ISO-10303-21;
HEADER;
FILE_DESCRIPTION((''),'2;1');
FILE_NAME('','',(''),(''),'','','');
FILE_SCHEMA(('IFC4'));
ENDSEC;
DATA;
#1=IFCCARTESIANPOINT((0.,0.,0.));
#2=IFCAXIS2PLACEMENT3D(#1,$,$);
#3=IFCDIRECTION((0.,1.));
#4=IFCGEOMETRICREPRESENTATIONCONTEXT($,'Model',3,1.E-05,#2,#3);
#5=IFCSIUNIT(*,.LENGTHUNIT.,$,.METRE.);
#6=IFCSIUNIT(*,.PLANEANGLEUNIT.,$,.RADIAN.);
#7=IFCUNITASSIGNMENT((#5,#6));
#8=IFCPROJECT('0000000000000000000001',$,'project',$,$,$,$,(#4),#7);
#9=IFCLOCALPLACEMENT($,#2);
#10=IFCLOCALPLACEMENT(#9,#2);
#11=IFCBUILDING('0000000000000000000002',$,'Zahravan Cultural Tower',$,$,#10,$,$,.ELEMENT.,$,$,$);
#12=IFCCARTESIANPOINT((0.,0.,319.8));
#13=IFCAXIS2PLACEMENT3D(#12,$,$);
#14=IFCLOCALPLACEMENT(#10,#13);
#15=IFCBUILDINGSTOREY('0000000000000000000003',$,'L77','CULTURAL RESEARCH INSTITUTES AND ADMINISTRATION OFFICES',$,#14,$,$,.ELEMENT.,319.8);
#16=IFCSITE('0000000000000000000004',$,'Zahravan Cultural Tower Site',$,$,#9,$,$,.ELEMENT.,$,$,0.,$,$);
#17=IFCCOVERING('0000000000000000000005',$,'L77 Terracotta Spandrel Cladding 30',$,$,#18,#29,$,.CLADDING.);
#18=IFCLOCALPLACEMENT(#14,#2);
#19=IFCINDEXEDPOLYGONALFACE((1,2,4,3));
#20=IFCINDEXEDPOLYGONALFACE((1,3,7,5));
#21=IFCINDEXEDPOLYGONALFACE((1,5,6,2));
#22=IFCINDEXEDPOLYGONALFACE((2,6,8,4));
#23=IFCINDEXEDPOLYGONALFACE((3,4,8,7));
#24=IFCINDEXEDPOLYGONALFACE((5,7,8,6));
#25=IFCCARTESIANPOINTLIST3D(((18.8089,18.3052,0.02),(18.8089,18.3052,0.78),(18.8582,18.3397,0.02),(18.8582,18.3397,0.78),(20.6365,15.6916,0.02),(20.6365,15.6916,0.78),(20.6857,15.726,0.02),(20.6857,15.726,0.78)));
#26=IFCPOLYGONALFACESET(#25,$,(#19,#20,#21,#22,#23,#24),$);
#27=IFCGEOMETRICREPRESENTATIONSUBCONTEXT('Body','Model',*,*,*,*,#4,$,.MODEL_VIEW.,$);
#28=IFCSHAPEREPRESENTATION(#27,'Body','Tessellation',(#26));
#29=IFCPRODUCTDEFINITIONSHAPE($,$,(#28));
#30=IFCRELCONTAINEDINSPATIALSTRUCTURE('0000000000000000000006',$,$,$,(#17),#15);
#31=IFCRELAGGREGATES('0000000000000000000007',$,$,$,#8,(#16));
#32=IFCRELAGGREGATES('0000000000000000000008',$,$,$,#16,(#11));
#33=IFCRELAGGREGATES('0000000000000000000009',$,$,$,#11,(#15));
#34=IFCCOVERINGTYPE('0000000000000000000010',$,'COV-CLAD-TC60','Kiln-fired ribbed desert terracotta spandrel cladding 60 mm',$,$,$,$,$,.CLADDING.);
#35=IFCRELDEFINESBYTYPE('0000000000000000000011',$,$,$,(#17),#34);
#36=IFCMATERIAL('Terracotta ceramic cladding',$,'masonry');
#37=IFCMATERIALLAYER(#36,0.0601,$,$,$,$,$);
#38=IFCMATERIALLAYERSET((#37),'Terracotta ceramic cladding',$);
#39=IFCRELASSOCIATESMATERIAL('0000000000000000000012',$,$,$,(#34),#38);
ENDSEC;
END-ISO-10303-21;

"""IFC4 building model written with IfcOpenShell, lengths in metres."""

from ifc_helpers import new_model, si_unit, direction, frame, origin, origin_2d, place, context, subcontext, project, spatial, rectangle, extrude, source, transform, mapped, material, layer, layer_set, type_object, element, save


model = new_model("IFC4")

# Units and contexts
model_context = context("Model", 3, precision=1e-05, world=origin(), true_north=direction((0.0, 1.0)))
body_context = subcontext(model_context, "Body", "Model", "MODEL_VIEW")
ifc_project = project(units=[si_unit("LENGTHUNIT", "METRE"), si_unit("PLANEANGLEUNIT", "RADIAN")], contexts=[model_context])

# Site, building, storey
site_placement = place(None, origin())
site = spatial("IfcSite", under=ifc_project, at=site_placement, Name="Zahravan Cultural Tower Site", CompositionType="ELEMENT", RefElevation=0.0)
building_placement = place(site_placement, origin())
building = spatial("IfcBuilding", under=site, at=building_placement, Name="Zahravan Cultural Tower", CompositionType="ELEMENT")
storey_placement = place(building_placement, frame((0.0, 0.0, 319.8)))
storey = spatial("IfcBuildingStorey", under=building, at=storey_placement, Name="L77", Description="CULTURAL RESEARCH INSTITUTES AND ADMINISTRATION OFFICES", CompositionType="ELEMENT", Elevation=319.8)

# Covering
ifc_material_1 = material(Name="Terracotta ceramic cladding", Category="masonry")
ifc_layer_1 = layer(ifc_material_1, 0.0601)
ifc_layer_set_1 = layer_set([ifc_layer_1], Name="Terracotta ceramic cladding")
covering_type_1 = type_object("IfcCoveringType", Name="COV-CLAD-TC60", Description="Kiln-fired ribbed desert terracotta spandrel cladding 60 mm", PredefinedType="CLADDING", material=ifc_layer_set_1)
shared_shape_1 = source(origin(), body_context, "Body", "SweptSolid", [
    extrude(rectangle(XDim=3.1892, YDim=0.0601, at=origin_2d()), origin(), (0.0, 0.0, 1.0), 0.76),
])
covering_1_placement = place(storey_placement, frame((19.7473, 17.0156, 0.02), z_axis=(0.0, 0.0, 1.0), x_axis=(-0.573033, 0.819532, 0.0)))
element("IfcCovering", 1, at=covering_1_placement, inside=storey, type_object=covering_type_1, Name="L77 Terracotta Spandrel Cladding 30", PredefinedType="CLADDING", context=body_context, shape_type="MappedRepresentation", body=[
    mapped(shared_shape_1, transform((0.0, 0.0, 0.0), x_axis=(1.0, 0.0, 0.0), y_axis=(0.0, 1.0, 0.0), z_axis=(0.0, 0.0, 1.0), scale=1.0)),
])

save(model, "model.ifc")
